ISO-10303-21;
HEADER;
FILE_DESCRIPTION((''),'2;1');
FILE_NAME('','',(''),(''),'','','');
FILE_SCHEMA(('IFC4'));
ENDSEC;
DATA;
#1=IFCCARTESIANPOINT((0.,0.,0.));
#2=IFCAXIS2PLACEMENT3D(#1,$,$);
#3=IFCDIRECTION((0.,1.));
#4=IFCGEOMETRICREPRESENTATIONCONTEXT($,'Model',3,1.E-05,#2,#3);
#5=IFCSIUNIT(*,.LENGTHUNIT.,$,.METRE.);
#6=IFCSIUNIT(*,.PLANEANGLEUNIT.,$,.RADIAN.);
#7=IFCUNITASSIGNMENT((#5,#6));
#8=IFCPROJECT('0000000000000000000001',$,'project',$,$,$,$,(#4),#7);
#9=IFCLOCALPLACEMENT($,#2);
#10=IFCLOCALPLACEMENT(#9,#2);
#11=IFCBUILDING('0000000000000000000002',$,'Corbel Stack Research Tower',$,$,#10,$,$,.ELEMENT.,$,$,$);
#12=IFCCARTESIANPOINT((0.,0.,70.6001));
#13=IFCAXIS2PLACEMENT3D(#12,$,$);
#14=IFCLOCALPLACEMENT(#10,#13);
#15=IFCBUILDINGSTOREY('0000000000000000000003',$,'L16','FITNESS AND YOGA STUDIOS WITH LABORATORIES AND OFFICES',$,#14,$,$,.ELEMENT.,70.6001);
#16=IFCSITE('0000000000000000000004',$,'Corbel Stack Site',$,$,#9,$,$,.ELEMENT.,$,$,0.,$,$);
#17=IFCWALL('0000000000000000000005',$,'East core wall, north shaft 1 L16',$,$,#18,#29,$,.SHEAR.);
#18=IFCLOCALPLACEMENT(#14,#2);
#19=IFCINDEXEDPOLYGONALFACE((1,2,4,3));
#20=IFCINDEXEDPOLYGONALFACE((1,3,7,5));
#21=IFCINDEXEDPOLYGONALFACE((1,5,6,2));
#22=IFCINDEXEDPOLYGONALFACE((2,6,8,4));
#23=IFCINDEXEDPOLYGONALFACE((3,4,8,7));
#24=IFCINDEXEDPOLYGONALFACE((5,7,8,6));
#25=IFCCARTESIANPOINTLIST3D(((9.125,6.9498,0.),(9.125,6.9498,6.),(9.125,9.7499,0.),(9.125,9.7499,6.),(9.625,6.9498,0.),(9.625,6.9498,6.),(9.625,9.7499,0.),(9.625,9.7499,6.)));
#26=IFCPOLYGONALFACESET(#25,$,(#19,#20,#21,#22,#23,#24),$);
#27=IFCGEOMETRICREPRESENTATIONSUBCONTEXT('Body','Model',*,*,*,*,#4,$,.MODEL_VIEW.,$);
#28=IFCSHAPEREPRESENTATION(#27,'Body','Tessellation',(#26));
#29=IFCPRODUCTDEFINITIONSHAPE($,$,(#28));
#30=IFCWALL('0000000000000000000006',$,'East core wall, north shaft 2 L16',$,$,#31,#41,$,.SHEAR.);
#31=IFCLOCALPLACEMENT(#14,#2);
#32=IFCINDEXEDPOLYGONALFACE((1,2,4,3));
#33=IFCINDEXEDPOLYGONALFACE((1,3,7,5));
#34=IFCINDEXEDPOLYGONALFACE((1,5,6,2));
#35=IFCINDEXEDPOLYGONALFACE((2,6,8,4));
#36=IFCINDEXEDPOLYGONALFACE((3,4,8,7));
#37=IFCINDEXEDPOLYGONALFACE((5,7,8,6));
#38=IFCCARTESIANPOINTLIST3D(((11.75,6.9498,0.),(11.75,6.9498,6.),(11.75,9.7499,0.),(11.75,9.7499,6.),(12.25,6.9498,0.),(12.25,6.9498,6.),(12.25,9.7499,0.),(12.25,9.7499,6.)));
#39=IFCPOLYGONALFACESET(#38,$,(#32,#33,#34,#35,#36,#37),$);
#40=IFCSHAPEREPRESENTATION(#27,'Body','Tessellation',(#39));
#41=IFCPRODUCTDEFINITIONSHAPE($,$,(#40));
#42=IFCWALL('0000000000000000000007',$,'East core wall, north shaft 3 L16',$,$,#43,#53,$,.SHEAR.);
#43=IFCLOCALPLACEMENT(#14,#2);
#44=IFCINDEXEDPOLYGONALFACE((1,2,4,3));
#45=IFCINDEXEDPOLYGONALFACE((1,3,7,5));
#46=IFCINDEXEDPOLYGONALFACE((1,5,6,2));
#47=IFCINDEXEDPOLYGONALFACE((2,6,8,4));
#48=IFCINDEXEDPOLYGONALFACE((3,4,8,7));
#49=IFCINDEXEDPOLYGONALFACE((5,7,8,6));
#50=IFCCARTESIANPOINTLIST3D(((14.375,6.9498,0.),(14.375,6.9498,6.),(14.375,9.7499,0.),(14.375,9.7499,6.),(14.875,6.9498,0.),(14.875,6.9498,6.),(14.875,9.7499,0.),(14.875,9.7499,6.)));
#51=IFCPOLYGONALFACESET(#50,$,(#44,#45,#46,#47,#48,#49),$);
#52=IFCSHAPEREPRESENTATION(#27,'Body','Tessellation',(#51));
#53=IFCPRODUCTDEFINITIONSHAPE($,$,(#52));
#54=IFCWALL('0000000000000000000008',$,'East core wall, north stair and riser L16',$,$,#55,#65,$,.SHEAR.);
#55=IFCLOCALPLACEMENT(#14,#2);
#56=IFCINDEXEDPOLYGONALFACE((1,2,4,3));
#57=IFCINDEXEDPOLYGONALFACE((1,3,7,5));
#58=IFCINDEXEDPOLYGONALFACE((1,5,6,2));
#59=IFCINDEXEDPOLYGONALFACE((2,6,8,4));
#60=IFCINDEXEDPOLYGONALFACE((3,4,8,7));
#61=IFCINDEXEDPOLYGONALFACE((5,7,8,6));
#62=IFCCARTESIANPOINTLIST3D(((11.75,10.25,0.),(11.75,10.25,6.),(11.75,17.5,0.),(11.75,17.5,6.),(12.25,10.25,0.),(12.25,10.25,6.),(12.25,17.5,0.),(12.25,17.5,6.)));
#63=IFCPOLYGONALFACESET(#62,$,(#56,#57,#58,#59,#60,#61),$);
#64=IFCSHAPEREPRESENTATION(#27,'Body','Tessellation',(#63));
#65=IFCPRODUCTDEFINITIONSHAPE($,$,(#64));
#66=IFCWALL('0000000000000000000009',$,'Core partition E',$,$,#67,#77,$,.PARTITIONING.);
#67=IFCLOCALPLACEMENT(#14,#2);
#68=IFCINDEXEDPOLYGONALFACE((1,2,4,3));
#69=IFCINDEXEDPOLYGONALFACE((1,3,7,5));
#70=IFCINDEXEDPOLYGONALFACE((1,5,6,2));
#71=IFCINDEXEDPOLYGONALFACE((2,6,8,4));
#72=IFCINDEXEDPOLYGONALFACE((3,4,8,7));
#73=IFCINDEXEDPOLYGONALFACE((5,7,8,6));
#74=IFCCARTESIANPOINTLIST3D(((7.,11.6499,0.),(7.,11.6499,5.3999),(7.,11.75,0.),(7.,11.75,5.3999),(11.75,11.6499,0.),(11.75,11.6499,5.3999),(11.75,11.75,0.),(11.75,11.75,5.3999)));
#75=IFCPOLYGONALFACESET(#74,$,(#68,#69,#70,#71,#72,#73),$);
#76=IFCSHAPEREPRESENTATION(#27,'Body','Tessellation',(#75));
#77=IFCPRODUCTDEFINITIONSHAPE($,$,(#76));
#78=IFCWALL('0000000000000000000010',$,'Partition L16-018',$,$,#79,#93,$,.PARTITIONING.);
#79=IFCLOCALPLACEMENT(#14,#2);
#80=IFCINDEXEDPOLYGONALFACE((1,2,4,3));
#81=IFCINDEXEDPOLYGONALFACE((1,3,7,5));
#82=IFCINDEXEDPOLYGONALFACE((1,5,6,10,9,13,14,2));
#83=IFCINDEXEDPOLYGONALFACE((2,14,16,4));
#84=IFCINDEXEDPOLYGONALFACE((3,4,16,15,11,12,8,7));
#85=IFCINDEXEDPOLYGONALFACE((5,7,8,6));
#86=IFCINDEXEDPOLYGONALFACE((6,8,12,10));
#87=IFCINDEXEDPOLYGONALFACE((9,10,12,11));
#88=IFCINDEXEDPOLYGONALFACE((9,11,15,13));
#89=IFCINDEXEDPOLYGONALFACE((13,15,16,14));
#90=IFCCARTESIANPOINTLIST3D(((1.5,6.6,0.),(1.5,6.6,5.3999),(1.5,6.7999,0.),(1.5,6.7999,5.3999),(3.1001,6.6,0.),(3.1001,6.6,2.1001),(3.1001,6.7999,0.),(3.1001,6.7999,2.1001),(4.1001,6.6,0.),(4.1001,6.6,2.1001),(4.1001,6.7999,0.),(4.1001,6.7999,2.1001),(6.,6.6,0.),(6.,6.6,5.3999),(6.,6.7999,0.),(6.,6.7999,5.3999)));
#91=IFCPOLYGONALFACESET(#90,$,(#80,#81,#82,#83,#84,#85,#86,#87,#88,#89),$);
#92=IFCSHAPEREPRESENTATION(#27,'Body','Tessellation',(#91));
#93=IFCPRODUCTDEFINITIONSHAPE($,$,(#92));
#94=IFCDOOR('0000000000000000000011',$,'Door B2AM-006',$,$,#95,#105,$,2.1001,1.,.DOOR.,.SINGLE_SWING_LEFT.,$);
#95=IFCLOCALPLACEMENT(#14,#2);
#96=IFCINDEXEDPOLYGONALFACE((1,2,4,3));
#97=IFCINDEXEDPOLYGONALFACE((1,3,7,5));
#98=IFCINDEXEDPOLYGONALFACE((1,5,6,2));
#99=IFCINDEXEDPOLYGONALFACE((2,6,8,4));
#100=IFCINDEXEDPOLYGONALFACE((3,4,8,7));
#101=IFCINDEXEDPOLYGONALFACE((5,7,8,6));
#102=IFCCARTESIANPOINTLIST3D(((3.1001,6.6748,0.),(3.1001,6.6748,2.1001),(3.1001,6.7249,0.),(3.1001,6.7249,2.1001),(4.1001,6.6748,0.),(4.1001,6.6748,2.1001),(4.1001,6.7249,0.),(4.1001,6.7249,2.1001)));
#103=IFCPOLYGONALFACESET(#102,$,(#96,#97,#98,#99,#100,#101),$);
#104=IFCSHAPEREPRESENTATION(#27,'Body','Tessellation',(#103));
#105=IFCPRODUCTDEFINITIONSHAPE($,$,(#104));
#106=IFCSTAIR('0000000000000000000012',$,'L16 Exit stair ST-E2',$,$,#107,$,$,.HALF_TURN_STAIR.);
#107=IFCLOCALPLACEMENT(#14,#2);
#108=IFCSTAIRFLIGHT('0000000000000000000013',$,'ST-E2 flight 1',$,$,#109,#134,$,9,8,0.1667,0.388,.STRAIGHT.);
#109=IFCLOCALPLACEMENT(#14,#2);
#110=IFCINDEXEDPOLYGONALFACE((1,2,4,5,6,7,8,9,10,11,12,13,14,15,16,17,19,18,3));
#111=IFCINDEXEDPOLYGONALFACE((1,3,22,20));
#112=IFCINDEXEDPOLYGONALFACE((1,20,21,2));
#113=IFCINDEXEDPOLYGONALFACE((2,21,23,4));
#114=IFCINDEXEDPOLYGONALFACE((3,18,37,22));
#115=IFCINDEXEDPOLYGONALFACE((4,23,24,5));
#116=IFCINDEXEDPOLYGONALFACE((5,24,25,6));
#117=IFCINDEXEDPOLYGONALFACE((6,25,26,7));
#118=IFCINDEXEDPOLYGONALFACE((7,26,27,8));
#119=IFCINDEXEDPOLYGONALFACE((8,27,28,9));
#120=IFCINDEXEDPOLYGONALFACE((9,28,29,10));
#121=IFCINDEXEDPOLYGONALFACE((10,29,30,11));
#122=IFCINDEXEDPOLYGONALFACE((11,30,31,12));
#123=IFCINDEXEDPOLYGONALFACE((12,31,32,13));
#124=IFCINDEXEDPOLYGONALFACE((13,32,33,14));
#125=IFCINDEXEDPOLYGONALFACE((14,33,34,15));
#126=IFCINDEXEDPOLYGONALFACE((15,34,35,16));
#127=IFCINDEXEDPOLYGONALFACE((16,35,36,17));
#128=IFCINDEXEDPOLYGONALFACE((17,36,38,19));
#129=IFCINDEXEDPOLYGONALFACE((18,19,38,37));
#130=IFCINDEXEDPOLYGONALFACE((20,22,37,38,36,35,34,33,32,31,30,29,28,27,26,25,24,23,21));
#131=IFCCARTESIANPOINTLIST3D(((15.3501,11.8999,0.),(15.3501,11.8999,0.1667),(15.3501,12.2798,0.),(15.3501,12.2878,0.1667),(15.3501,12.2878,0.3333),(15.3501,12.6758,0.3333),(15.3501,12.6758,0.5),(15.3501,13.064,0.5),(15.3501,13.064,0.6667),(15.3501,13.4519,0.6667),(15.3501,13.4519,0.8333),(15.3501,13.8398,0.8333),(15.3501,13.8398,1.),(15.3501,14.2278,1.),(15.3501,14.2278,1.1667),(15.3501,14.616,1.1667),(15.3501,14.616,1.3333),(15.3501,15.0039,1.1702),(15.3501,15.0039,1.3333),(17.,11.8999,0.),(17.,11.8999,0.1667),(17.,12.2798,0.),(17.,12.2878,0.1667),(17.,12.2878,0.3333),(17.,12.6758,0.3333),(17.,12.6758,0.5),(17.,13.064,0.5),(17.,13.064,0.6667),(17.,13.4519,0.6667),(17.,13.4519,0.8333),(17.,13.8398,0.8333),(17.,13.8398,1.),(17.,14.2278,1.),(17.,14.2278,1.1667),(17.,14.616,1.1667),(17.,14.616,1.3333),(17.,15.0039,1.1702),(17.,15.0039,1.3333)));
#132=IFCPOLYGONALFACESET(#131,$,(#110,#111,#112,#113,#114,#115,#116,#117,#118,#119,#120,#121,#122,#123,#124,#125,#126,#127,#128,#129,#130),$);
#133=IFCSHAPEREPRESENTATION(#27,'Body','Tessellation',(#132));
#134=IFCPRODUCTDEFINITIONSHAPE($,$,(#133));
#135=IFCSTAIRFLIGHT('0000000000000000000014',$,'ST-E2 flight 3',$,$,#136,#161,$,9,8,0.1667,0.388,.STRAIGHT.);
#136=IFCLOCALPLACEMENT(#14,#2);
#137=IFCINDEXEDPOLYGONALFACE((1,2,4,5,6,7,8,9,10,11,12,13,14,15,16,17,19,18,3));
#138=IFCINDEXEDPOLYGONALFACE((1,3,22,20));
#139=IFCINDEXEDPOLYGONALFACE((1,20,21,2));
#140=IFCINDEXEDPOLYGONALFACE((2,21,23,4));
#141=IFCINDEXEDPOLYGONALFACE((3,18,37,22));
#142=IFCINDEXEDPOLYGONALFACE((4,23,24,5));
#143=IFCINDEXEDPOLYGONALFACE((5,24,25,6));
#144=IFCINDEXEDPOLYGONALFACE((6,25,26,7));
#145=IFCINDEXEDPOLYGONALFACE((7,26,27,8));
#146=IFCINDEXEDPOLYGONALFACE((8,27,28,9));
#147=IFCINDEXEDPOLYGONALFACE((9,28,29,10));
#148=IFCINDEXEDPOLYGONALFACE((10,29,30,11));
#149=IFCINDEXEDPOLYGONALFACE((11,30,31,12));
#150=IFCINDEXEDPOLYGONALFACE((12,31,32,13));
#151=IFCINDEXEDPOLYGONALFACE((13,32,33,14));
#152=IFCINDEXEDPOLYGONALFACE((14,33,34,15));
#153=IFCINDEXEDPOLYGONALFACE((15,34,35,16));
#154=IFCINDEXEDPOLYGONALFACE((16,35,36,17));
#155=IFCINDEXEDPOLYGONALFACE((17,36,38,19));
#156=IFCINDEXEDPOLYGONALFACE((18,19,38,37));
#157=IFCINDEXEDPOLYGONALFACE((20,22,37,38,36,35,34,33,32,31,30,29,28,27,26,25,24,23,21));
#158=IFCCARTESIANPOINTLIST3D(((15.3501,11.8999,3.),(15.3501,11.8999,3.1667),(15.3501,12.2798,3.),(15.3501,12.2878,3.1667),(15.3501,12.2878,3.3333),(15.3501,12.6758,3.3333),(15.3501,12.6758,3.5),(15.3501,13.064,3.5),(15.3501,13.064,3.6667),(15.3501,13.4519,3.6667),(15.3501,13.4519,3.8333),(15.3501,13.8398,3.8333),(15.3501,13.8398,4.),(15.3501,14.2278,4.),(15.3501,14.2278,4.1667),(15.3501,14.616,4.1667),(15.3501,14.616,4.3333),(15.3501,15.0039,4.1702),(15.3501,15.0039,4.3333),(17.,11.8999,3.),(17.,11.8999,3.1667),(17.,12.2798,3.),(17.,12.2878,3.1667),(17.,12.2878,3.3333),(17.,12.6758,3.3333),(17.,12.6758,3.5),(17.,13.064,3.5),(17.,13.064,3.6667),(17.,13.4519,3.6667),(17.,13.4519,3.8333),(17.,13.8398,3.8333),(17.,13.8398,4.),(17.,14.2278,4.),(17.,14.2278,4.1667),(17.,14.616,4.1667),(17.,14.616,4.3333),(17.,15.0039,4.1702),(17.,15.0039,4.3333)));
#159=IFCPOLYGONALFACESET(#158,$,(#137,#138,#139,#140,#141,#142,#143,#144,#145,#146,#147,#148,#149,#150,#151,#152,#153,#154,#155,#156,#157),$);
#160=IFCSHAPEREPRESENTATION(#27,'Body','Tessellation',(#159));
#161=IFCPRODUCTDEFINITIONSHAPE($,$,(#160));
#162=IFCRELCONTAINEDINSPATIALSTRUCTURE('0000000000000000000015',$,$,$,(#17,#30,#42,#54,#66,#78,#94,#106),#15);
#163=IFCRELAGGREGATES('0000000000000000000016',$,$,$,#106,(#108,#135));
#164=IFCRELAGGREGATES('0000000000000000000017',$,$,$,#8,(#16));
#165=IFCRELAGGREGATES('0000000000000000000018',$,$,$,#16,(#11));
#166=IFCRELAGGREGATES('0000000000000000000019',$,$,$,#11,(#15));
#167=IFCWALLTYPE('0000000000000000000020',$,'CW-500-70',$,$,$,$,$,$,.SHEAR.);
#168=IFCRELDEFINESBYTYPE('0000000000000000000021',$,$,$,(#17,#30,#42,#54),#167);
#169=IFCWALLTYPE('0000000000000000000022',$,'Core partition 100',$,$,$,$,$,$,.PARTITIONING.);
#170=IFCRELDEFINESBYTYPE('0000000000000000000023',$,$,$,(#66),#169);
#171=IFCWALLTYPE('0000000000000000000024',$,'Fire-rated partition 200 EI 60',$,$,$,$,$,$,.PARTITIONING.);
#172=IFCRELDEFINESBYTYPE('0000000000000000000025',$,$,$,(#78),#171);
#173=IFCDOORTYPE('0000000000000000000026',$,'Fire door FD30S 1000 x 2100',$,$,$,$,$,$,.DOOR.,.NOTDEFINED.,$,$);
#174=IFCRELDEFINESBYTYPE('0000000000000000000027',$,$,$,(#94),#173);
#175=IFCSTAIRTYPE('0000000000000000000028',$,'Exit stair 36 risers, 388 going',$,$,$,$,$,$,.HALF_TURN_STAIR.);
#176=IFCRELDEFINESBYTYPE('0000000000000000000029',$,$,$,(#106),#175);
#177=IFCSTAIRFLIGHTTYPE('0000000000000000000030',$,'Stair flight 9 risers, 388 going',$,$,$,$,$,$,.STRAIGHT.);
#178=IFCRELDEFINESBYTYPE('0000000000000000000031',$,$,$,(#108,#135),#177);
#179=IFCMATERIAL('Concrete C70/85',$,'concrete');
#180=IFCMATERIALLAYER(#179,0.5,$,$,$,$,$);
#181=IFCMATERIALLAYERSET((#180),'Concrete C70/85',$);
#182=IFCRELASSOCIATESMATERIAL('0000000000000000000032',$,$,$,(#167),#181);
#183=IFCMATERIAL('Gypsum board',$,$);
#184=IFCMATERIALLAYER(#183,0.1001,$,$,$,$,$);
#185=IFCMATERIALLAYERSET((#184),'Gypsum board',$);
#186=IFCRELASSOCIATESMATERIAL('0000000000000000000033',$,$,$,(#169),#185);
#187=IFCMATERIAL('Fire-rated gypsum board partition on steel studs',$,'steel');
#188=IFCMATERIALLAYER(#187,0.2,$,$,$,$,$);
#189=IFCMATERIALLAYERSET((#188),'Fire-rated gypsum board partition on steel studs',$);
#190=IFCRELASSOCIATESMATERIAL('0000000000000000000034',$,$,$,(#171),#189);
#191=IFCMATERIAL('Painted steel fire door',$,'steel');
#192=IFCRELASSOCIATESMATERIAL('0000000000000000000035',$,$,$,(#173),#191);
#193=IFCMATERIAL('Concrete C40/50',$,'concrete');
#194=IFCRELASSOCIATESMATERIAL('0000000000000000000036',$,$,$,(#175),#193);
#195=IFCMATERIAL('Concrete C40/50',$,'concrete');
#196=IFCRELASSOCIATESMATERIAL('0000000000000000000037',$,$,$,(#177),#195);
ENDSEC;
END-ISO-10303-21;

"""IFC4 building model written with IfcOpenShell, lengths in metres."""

from ifc_helpers import new_model, si_unit, direction, frame, frame_2d, origin, place, context, subcontext, project, spatial, polyline, rectangle, outline, extrude, material, layer, layer_set, type_object, element, fill, aggregate, save


model = new_model("IFC4")

# Units and contexts
model_context = context("Model", 3, precision=1e-05, world=origin(), true_north=direction((0.0, 1.0)))
body_context = subcontext(model_context, "Body", "Model", "MODEL_VIEW")
ifc_project = project(units=[si_unit("LENGTHUNIT", "METRE"), si_unit("PLANEANGLEUNIT", "RADIAN")], contexts=[model_context])

# Site, building, storey
site_placement = place(None, origin())
site = spatial("IfcSite", under=ifc_project, at=site_placement, Name="Corbel Stack Site", CompositionType="ELEMENT", RefElevation=0.0)
building_placement = place(site_placement, origin())
building = spatial("IfcBuilding", under=site, at=building_placement, Name="Corbel Stack Research Tower", CompositionType="ELEMENT")
storey_placement = place(building_placement, frame((0.0, 0.0, 70.6001)))
storey = spatial("IfcBuildingStorey", under=building, at=storey_placement, Name="L16", Description="FITNESS AND YOGA STUDIOS WITH LABORATORIES AND OFFICES", CompositionType="ELEMENT", Elevation=70.6001)

# Shared definitions
ifc_material_1 = material(Name="Concrete C70/85", Category="concrete")
ifc_layer_1 = layer(ifc_material_1, 0.5)
ifc_layer_set_1 = layer_set([ifc_layer_1], Name="Concrete C70/85")
wall_type_1 = type_object("IfcWallType", Name="CW-500-70", PredefinedType="SHEAR", material=ifc_layer_set_1)

# Walls
for number, where, z_axis, x_axis, name in (
    (1, (9.375, 6.95, 0.0), (0.0, 0.0, 1.0), (0.0, 1.0, 0.0), "East core wall, north shaft 1 L16"),
    (2, (12.0, 6.95, 0.0), (0.0, 0.0, 1.0), (0.0, 1.0, 0.0), "East core wall, north shaft 2 L16"),
    (3, (14.625, 6.95, 0.0), (0.0, 0.0, 1.0), (0.0, 1.0, 0.0), "East core wall, north shaft 3 L16"),
):
    element("IfcWall", number, at=place(storey_placement, frame(where, z_axis=z_axis, x_axis=x_axis)), inside=storey, type_object=wall_type_1, Name=name, PredefinedType="SHEAR", context=body_context, shape_type="SweptSolid", body=[
        extrude(rectangle(XDim=2.8, YDim=0.5, at=frame_2d((1.3999, 0.0))), origin(), (0.0, 0.0, 1.0), 6.0),
    ])
wall_1_placement = place(storey_placement, frame((12.0, 10.25, 0.0), z_axis=(0.0, 0.0, 1.0), x_axis=(0.0, 1.0, 0.0)))
element("IfcWall", 4, at=wall_1_placement, inside=storey, type_object=wall_type_1, Name="East core wall, north stair and riser L16", PredefinedType="SHEAR", context=body_context, shape_type="SweptSolid", body=[
    extrude(rectangle(XDim=7.25, YDim=0.5, at=frame_2d((3.625, 0.0))), origin(), (0.0, 0.0, 1.0), 6.0),
])
ifc_material_2 = material(Name="Gypsum board")
ifc_layer_2 = layer(ifc_material_2, 0.1001)
ifc_layer_set_2 = layer_set([ifc_layer_2], Name="Gypsum board")
wall_type_2 = type_object("IfcWallType", Name="Core partition 100", PredefinedType="PARTITIONING", material=ifc_layer_set_2)
wall_2_placement = place(storey_placement, frame((7.0, 11.7, 0.0), z_axis=(0.0, 0.0, 1.0), x_axis=(1.0, 0.0, 0.0)))
element("IfcWall", 5, at=wall_2_placement, inside=storey, type_object=wall_type_2, Name="Core partition E", PredefinedType="PARTITIONING", context=body_context, shape_type="SweptSolid", body=[
    extrude(rectangle(XDim=4.75, YDim=0.1001, at=frame_2d((2.375, 0.0))), origin(), (0.0, 0.0, 1.0), 5.3999),
])

# Wall, opening, door
ifc_material_3 = material(Name="Fire-rated gypsum board partition on steel studs", Category="steel")
ifc_layer_3 = layer(ifc_material_3, 0.2)
ifc_layer_set_3 = layer_set([ifc_layer_3], Name="Fire-rated gypsum board partition on steel studs")
wall_type_3 = type_object("IfcWallType", Name="Fire-rated partition 200 EI 60", PredefinedType="PARTITIONING", material=ifc_layer_set_3)
wall_3_placement = place(storey_placement, frame((1.5, 6.7, 0.0), z_axis=(0.0, 0.0, 1.0), x_axis=(1.0, 0.0, 0.0)))
wall_3 = element("IfcWall", 6, at=wall_3_placement, inside=storey, type_object=wall_type_3, Name="Partition L16-018", PredefinedType="PARTITIONING", context=body_context, shape_type="SweptSolid", body=[
    extrude(rectangle(XDim=4.5, YDim=0.2, at=frame_2d((2.25, 0.0))), origin(), (0.0, 0.0, 1.0), 5.3999),
])
opening_1_placement = place(wall_3_placement, frame((1.6001, 0.0, 0.0)))
opening_1 = element("IfcOpeningElement", 7, at=opening_1_placement, cuts=wall_3, PredefinedType="OPENING", context=body_context, shape_type="SweptSolid", body=[
    extrude(rectangle(XDim=1.0, YDim=2.1001, at=frame_2d((0.5, 1.05))), frame((0.0, 0.1099, 0.0), z_axis=(0.0, -1.0, 0.0), x_axis=(1.0, 0.0, 0.0)), (0.0, 0.0, 1.0), 0.22),
])
ifc_material_4 = material(Name="Painted steel fire door", Category="steel")
door_type_1 = type_object("IfcDoorType", Name="Fire door FD30S 1000 x 2100", OperationType="NOTDEFINED", PredefinedType="DOOR", material=ifc_material_4)
door_1_placement = place(opening_1_placement, origin())
door_1 = element("IfcDoor", 8, at=door_1_placement, inside=storey, type_object=door_type_1, Name="Door B2AM-006", OperationType="SINGLE_SWING_LEFT", OverallHeight=2.1001, OverallWidth=1.0, PredefinedType="DOOR", context=body_context, shape_type="SweptSolid", body=[
    extrude(rectangle(XDim=1.0, YDim=2.1001, at=frame_2d((0.5, 1.05))), frame((0.0, 0.0249, 0.0), z_axis=(0.0, -1.0, 0.0), x_axis=(1.0, 0.0, 0.0)), (0.0, 0.0, 1.0), 0.05),
])
fill(opening_1, door_1)

# Stair, stair flights
ifc_material_5 = material(Name="Concrete C40/50", Category="concrete")
stair_type = type_object("IfcStairType", Name="Exit stair 36 risers, 388 going", PredefinedType="HALF_TURN_STAIR", material=ifc_material_5)
stair_placement = place(storey_placement, origin())
stair = element("IfcStair", 9, at=stair_placement, inside=storey, type_object=stair_type, Name="L16 Exit stair ST-E2", PredefinedType="HALF_TURN_STAIR")
ifc_material_6 = material(Name="Concrete C40/50", Category="concrete")
stair_flight_type = type_object("IfcStairFlightType", Name="Stair flight 9 risers, 388 going", PredefinedType="STRAIGHT", material=ifc_material_6)
stair_flight_1_placement = place(storey_placement, frame((16.175, 11.8999, 0.0), z_axis=(0.0, 0.0, 1.0), x_axis=(0.0, 1.0, 0.0)))
stair_flight_1 = element("IfcStairFlight", 10, at=stair_flight_1_placement, type_object=stair_flight_type, Name="ST-E2 flight 1", NumberOfRisers=9, NumberOfTreads=8, PredefinedType="STRAIGHT", RiserHeight=0.1667, TreadLength=0.388, context=body_context, shape_type="SweptSolid", body=[
    extrude(outline(polyline([(0.0, 0.0), (0.0, 0.1667), (0.3879, 0.1667), (0.3879, 0.3333), (0.7759, 0.3333), (0.7759, 0.5), (1.1641, 0.5), (1.1641, 0.6667), (1.552, 0.6667), (1.552, 0.8333), (1.9399, 0.8333), (1.9399, 1.0), (2.3279, 1.0), (2.3279, 1.1667), (2.7161, 1.1667), (2.7161, 1.3333), (3.104, 1.3333), (3.104, 1.5), (3.104, 1.1702), (0.3799, 0.0), (0.0, 0.0)])), frame((0.0, 0.825, 0.0), z_axis=(0.0, -1.0, 0.0), x_axis=(1.0, 0.0, 0.0)), (0.0, 0.0, 1.0), 1.6499),
])
stair_flight_2_placement = place(storey_placement, frame((16.175, 11.8999, 3.0), z_axis=(0.0, 0.0, 1.0), x_axis=(0.0, 1.0, 0.0)))
stair_flight_2 = element("IfcStairFlight", 11, at=stair_flight_2_placement, type_object=stair_flight_type, Name="ST-E2 flight 3", NumberOfRisers=9, NumberOfTreads=8, PredefinedType="STRAIGHT", RiserHeight=0.1667, TreadLength=0.388, context=body_context, shape_type="SweptSolid", body=[
    extrude(outline(polyline([(0.0, 0.0), (0.0, 0.1667), (0.3879, 0.1667), (0.3879, 0.3333), (0.7759, 0.3333), (0.7759, 0.5), (1.1641, 0.5), (1.1641, 0.6667), (1.552, 0.6667), (1.552, 0.8333), (1.9399, 0.8333), (1.9399, 1.0), (2.3279, 1.0), (2.3279, 1.1667), (2.7161, 1.1667), (2.7161, 1.3333), (3.104, 1.3333), (3.104, 1.5), (3.104, 1.1702), (0.3799, 0.0), (0.0, 0.0)])), frame((0.0, 0.825, 0.0), z_axis=(0.0, -1.0, 0.0), x_axis=(1.0, 0.0, 0.0)), (0.0, 0.0, 1.0), 1.6499),
])
aggregate(stair, [stair_flight_1, stair_flight_2])

save(model, "model.ifc")
